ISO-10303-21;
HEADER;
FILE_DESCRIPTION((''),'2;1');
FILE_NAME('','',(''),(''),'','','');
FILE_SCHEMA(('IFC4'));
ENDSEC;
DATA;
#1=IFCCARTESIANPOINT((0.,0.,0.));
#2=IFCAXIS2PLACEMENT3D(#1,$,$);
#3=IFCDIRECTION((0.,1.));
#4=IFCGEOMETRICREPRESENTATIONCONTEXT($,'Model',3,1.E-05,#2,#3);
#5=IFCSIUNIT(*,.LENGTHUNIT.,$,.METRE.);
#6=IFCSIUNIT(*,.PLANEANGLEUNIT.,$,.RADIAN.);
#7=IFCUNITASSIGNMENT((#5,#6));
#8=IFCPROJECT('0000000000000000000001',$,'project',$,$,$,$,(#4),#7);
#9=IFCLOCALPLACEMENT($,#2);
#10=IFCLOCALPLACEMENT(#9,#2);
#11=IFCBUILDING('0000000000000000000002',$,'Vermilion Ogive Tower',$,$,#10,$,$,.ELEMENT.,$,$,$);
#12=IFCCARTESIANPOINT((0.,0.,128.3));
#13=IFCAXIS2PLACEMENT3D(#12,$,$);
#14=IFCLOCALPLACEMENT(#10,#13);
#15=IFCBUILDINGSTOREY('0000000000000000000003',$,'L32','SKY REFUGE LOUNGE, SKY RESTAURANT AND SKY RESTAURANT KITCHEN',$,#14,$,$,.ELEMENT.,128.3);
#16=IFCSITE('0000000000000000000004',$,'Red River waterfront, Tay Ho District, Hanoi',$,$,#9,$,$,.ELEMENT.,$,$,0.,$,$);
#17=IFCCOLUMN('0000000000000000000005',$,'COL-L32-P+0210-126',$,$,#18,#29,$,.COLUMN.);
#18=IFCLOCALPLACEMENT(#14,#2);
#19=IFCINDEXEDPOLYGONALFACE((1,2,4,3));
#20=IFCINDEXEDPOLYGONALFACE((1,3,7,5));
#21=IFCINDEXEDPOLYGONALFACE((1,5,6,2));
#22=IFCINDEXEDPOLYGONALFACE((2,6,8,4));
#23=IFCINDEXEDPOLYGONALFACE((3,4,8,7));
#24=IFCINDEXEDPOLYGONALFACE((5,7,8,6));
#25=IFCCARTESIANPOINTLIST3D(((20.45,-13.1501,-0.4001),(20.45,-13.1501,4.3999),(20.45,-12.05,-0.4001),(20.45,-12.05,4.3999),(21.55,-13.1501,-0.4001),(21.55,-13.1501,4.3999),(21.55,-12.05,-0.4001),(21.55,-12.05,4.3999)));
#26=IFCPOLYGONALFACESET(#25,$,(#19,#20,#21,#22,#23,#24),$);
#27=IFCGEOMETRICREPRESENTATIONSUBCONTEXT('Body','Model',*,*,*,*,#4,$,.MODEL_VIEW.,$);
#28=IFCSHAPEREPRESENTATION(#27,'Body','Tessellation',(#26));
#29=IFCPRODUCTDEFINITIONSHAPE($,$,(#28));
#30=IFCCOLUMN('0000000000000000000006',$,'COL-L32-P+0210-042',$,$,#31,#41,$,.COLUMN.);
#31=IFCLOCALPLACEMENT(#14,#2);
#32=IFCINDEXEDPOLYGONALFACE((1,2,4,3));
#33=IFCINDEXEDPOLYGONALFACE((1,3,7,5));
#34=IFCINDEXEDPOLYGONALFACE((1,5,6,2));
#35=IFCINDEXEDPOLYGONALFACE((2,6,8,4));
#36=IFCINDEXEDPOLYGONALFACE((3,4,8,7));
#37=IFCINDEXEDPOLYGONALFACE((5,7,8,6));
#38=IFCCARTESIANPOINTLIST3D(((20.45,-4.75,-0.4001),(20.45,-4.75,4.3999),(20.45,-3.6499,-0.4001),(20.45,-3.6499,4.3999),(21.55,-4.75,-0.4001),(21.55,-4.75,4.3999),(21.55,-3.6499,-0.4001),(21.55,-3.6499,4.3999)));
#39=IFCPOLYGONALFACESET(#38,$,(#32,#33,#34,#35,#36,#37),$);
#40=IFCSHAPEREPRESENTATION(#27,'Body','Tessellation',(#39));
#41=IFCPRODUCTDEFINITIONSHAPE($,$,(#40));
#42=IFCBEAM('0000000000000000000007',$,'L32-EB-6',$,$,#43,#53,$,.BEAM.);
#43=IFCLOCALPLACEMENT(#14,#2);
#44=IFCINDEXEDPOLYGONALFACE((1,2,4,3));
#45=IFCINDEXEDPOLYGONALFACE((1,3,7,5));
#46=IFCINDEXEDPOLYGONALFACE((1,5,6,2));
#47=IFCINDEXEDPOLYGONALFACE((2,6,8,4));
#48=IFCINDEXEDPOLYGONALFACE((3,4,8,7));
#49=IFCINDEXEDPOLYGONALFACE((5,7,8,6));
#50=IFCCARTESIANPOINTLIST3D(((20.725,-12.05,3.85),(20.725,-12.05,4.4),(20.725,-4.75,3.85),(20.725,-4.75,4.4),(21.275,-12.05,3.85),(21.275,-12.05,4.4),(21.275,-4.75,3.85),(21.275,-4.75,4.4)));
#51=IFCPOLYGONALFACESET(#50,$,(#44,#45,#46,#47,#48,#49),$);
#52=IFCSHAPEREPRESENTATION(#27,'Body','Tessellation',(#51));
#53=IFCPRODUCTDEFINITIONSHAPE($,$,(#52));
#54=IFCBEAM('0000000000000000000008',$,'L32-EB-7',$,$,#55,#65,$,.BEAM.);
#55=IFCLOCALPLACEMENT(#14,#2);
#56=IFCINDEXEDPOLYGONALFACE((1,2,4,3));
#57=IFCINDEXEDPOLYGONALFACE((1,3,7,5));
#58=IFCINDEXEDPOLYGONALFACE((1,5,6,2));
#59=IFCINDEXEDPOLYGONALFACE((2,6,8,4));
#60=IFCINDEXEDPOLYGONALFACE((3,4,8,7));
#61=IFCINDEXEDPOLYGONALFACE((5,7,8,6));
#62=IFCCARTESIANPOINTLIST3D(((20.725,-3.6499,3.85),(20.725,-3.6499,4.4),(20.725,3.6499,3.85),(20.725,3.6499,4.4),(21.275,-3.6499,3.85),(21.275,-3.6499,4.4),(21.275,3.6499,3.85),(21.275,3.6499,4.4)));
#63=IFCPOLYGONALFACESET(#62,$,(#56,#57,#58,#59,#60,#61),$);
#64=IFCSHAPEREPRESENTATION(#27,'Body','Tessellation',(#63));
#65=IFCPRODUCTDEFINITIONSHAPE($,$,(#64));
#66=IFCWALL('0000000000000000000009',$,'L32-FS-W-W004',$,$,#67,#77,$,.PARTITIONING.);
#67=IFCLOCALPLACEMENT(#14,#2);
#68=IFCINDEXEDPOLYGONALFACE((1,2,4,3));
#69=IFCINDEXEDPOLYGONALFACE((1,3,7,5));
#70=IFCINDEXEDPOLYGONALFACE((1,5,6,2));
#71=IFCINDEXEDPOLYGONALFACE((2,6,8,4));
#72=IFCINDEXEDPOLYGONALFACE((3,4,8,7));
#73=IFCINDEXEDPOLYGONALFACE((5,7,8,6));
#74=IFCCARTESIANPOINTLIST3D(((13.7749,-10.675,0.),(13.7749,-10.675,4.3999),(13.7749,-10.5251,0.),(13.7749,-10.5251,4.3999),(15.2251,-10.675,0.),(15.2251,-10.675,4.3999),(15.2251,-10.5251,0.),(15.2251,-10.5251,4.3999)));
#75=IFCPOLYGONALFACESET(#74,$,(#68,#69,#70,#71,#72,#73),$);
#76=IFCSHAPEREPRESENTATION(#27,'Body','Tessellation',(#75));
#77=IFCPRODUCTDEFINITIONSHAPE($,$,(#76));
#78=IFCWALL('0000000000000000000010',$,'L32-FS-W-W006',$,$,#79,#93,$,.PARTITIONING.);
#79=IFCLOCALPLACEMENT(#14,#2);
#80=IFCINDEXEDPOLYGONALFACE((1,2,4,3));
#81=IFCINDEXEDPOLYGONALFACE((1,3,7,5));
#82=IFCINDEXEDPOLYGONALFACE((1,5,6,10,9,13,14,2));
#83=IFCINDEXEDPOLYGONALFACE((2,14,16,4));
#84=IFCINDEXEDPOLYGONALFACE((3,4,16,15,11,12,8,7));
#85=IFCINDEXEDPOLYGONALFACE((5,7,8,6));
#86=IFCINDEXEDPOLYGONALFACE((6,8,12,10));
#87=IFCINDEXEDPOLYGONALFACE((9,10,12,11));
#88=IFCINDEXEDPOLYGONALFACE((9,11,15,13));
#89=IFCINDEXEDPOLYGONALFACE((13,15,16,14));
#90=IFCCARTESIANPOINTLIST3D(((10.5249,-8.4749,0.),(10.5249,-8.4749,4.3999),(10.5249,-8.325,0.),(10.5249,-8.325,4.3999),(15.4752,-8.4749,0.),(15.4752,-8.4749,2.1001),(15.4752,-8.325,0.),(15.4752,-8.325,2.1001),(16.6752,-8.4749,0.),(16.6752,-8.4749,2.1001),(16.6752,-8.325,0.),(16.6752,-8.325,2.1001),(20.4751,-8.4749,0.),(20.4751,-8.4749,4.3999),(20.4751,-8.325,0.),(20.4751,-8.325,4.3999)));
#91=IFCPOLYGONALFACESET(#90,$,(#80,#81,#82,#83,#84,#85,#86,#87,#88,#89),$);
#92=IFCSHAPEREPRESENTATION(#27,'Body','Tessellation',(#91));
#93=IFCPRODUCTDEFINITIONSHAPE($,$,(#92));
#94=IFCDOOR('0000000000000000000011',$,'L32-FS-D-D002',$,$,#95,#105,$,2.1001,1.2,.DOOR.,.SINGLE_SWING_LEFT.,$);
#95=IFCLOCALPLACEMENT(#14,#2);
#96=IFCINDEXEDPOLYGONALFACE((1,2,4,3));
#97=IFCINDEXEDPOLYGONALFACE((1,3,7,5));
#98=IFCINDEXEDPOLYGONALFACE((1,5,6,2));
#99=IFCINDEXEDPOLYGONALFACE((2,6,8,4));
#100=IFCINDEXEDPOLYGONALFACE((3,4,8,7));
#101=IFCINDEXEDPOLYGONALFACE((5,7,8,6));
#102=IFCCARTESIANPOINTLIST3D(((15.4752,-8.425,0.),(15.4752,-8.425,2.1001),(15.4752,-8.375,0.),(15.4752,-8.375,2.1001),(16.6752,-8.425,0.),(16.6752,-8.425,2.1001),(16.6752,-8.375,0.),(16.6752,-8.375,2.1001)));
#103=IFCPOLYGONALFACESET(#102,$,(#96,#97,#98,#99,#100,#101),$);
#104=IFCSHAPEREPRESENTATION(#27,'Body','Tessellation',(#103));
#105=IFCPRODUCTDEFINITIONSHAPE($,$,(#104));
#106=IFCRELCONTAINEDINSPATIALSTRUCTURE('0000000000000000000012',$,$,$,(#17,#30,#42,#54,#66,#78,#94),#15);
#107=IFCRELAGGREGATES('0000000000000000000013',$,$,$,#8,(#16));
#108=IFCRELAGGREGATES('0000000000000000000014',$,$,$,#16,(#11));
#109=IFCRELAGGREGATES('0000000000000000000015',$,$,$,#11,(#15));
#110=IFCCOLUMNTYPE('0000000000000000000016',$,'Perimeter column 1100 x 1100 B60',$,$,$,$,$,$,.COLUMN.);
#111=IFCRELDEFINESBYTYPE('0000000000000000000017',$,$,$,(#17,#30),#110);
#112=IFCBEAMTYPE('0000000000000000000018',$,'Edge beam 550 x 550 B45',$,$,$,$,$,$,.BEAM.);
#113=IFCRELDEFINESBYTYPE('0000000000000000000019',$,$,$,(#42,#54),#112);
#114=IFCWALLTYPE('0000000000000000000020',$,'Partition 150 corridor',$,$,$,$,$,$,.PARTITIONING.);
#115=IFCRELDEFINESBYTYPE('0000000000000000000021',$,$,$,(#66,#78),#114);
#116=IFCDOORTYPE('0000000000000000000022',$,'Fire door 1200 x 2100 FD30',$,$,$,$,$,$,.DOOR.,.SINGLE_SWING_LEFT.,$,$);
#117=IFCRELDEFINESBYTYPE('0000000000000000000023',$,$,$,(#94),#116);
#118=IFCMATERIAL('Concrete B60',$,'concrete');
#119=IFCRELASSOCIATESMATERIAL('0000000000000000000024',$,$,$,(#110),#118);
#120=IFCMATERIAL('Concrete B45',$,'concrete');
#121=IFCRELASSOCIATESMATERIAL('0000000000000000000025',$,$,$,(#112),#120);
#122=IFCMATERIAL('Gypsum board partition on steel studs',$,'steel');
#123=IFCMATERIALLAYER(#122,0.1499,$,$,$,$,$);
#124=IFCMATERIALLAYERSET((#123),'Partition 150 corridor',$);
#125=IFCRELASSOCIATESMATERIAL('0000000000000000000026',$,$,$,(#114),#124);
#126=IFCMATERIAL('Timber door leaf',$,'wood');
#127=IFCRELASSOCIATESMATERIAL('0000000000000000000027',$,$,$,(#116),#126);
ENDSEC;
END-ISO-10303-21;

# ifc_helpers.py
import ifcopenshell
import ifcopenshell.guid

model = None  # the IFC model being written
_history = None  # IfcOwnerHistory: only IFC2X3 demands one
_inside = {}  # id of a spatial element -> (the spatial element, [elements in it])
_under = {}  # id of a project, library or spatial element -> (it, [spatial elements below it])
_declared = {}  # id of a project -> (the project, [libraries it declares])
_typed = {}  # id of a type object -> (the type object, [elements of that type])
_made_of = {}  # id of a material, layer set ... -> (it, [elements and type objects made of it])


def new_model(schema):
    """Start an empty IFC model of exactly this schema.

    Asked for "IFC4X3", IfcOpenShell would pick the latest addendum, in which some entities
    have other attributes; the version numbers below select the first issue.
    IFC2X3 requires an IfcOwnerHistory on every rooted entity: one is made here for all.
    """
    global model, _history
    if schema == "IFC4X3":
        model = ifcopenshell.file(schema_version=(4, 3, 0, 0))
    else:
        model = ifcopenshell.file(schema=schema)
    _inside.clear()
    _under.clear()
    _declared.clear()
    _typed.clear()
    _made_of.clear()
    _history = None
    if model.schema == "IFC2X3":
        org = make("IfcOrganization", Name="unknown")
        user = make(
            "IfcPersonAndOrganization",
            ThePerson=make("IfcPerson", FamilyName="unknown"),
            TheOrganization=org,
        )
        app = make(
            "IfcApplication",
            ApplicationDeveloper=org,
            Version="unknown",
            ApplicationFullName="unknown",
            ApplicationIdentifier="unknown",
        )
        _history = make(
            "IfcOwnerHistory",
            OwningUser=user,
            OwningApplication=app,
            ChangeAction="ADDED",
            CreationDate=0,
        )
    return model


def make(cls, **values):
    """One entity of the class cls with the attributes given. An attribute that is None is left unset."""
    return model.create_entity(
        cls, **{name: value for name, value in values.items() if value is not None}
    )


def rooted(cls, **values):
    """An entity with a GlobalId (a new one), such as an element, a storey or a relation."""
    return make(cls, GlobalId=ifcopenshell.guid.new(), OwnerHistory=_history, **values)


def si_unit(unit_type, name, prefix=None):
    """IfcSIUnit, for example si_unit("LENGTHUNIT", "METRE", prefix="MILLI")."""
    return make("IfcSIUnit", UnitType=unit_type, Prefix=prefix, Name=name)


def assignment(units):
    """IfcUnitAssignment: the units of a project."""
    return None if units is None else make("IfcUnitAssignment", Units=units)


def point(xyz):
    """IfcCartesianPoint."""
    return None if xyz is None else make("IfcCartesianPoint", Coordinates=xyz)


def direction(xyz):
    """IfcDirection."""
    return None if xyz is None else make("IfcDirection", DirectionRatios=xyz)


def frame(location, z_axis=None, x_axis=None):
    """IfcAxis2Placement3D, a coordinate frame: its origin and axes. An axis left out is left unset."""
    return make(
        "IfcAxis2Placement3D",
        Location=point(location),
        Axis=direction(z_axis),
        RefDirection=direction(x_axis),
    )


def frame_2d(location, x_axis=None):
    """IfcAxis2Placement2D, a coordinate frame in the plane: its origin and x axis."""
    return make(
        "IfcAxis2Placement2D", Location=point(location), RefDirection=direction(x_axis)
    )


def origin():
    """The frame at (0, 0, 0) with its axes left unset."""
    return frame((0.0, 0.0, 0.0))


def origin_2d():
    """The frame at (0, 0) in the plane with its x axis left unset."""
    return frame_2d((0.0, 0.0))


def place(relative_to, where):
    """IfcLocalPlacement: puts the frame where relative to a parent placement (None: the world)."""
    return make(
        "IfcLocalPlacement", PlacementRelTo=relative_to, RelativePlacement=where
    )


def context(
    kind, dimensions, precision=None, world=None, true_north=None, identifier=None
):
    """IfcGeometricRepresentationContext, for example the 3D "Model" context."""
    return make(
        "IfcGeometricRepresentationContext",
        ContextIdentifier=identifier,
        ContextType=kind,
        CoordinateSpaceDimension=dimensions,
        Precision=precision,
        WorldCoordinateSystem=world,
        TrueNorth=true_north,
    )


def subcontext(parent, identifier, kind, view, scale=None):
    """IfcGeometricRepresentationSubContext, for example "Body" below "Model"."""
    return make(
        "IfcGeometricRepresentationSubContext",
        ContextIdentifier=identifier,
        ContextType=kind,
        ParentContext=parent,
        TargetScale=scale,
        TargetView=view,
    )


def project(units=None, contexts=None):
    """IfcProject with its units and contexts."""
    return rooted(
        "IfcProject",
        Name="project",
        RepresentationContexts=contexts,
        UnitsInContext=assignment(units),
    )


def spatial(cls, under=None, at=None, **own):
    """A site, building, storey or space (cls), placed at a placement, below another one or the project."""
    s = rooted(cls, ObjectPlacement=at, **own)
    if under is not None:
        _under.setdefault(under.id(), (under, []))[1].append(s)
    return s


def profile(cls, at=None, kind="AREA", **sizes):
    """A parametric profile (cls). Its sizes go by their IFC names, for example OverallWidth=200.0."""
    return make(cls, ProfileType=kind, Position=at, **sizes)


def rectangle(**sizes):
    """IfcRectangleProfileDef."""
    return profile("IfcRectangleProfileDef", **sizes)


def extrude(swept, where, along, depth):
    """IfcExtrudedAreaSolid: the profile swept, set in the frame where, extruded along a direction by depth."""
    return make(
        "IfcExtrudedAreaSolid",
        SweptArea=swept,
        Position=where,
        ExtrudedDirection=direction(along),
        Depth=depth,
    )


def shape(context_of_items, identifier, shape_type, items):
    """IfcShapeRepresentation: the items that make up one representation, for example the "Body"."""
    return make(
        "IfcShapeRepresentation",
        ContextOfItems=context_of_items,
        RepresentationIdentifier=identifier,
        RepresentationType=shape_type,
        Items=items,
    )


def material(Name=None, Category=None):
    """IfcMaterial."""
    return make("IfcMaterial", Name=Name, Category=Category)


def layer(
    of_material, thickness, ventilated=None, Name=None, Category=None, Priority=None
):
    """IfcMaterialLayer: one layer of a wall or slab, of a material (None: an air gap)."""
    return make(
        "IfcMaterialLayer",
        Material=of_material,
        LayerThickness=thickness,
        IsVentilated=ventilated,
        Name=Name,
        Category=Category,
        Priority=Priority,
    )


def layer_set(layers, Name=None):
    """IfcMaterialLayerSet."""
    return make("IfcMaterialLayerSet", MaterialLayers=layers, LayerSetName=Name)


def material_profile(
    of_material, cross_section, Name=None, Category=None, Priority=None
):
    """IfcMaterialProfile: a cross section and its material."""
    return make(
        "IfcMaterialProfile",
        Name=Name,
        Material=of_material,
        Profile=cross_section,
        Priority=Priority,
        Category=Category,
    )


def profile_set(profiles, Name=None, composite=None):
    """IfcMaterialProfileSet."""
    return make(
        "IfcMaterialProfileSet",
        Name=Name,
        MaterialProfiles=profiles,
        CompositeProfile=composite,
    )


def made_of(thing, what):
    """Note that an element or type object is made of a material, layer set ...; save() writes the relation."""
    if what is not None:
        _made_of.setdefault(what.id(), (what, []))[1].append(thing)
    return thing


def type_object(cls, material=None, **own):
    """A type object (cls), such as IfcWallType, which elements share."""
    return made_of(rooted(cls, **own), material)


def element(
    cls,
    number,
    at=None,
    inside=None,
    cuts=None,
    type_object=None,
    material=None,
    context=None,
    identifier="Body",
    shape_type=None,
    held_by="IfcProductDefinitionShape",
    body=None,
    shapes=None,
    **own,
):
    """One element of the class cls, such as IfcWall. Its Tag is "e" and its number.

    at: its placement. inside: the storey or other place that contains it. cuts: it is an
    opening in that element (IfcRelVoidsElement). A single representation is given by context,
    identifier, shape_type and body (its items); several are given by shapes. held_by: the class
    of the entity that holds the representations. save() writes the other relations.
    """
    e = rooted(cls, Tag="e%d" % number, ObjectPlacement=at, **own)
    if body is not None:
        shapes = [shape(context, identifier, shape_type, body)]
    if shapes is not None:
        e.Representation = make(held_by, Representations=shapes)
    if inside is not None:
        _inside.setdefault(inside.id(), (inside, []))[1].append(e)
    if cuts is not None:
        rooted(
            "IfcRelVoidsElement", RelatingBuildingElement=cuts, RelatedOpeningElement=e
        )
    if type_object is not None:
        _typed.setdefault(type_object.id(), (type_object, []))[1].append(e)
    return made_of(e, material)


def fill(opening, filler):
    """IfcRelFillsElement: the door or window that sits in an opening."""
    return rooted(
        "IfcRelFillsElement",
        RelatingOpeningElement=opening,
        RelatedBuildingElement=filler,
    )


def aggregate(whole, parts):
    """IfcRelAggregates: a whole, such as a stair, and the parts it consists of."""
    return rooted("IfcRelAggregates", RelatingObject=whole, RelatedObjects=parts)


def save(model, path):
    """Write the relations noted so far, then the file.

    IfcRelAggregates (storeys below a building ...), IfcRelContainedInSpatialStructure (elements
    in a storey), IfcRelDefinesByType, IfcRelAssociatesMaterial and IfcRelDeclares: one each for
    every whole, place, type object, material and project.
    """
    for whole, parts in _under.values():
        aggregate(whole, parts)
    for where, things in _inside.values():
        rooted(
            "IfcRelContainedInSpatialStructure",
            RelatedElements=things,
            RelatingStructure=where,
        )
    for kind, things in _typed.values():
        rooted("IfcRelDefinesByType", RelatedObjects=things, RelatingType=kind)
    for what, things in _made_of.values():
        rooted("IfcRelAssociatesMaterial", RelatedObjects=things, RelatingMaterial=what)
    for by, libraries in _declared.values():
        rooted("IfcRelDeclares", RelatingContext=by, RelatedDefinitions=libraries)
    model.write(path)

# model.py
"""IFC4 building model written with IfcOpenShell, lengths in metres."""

from ifc_helpers import new_model, si_unit, direction, frame, frame_2d, origin, origin_2d, place, context, subcontext, project, spatial, rectangle, extrude, material, layer, layer_set, material_profile, profile_set, type_object, element, fill, save


model = new_model("IFC4")

# Units and contexts
model_context = context("Model", 3, precision=1e-05, world=origin(), true_north=direction((0.0, 1.0)))
body_context = subcontext(model_context, "Body", "Model", "MODEL_VIEW")
ifc_project = project(units=[si_unit("LENGTHUNIT", "METRE"), si_unit("PLANEANGLEUNIT", "RADIAN")], contexts=[model_context])

# Site, building, storey
site_placement = place(None, origin())
site = spatial("IfcSite", under=ifc_project, at=site_placement, Name="Red River waterfront, Tay Ho District, Hanoi", CompositionType="ELEMENT", RefElevation=0.0)
building_placement = place(site_placement, origin())
building = spatial("IfcBuilding", under=site, at=building_placement, Name="Vermilion Ogive Tower", CompositionType="ELEMENT")
storey_placement = place(building_placement, frame((0.0, 0.0, 128.3)))
storey = spatial("IfcBuildingStorey", under=building, at=storey_placement, Name="L32", Description="SKY REFUGE LOUNGE, SKY RESTAURANT AND SKY RESTAURANT KITCHEN", CompositionType="ELEMENT", Elevation=128.3)

# Columns
ifc_material_1 = material(Name="Concrete B60", Category="concrete")
ifc_material_profile_1 = material_profile(ifc_material_1, rectangle(XDim=1.1001, YDim=1.1001, at=origin_2d()), Name="1100 x 1100")
ifc_profile_set_1 = profile_set([ifc_material_profile_1], Name="Concrete B60")
column_type = type_object("IfcColumnType", Name="Perimeter column 1100 x 1100 B60", PredefinedType="COLUMN", material=ifc_profile_set_1)
for number, where, z_axis, x_axis, name in (
    (1, (21.0, -12.6001, -0.4001), (0.0, 0.0, 1.0), (1.0, 0.0, 0.0), "COL-L32-P+0210-126"),
    (2, (21.0, -4.2, -0.4001), (0.0, 0.0, 1.0), (1.0, 0.0, 0.0), "COL-L32-P+0210-042"),
):
    element("IfcColumn", number, at=place(storey_placement, frame(where, z_axis=z_axis, x_axis=x_axis)), inside=storey, type_object=column_type, Name=name, PredefinedType="COLUMN", context=body_context, shape_type="SweptSolid", body=[
        extrude(rectangle(XDim=1.1001, YDim=1.1001, at=origin_2d()), origin(), (0.0, 0.0, 1.0), 4.8),
    ])

# Beams
ifc_material_2 = material(Name="Concrete B45", Category="concrete")
ifc_material_profile_2 = material_profile(ifc_material_2, rectangle(XDim=0.55, YDim=0.55, at=origin_2d()), Name="550 x 550")
ifc_profile_set_2 = profile_set([ifc_material_profile_2], Name="Concrete B45")
beam_type = type_object("IfcBeamType", Name="Edge beam 550 x 550 B45", PredefinedType="BEAM", material=ifc_profile_set_2)
beam_1_placement = place(storey_placement, frame((21.0, -12.05, 4.125), z_axis=(0.0, 1.0, 0.0), x_axis=(-1.0, 0.0, 0.0)))
element("IfcBeam", 3, at=beam_1_placement, inside=storey, type_object=beam_type, Name="L32-EB-6", PredefinedType="BEAM", context=body_context, shape_type="SweptSolid", body=[
    extrude(rectangle(XDim=0.55, YDim=0.55, at=origin_2d()), origin(), (0.0, 0.0, 1.0), 7.3),
])
beam_2_placement = place(storey_placement, frame((21.0, -3.6499, 4.125), z_axis=(0.0, 1.0, 0.0), x_axis=(-1.0, 0.0, 0.0)))
element("IfcBeam", 4, at=beam_2_placement, inside=storey, type_object=beam_type, Name="L32-EB-7", PredefinedType="BEAM", context=body_context, shape_type="SweptSolid", body=[
    extrude(rectangle(XDim=0.55, YDim=0.55, at=origin_2d()), origin(), (0.0, 0.0, 1.0), 7.2998),
])

# Wall
ifc_material_3 = material(Name="Gypsum board partition on steel studs", Category="steel")
ifc_layer_1 = layer(ifc_material_3, 0.1499)
ifc_layer_set_1 = layer_set([ifc_layer_1], Name="Partition 150 corridor")
wall_type_1 = type_object("IfcWallType", Name="Partition 150 corridor", PredefinedType="PARTITIONING", material=ifc_layer_set_1)
wall_1_placement = place(storey_placement, frame((13.7749, -10.6001, 0.0), z_axis=(0.0, 0.0, 1.0), x_axis=(1.0, 0.0, 0.0)))
element("IfcWall", 5, at=wall_1_placement, inside=storey, type_object=wall_type_1, Name="L32-FS-W-W004", PredefinedType="PARTITIONING", context=body_context, shape_type="SweptSolid", body=[
    extrude(rectangle(XDim=1.4502, YDim=0.1499, at=frame_2d((0.7251, 0.0))), origin(), (0.0, 0.0, 1.0), 4.3999),
])

# Wall, opening, door
wall_2_placement = place(storey_placement, frame((10.5249, -8.3999, 0.0), z_axis=(0.0, 0.0, 1.0), x_axis=(1.0, 0.0, 0.0)))
wall_2 = element("IfcWall", 6, at=wall_2_placement, inside=storey, type_object=wall_type_1, Name="L32-FS-W-W006", PredefinedType="PARTITIONING", context=body_context, shape_type="SweptSolid", body=[
    extrude(rectangle(XDim=9.9502, YDim=0.1499, at=frame_2d((4.9751, 0.0))), origin(), (0.0, 0.0, 1.0), 4.3999),
])
opening_1_placement = place(wall_2_placement, frame((4.9502, 0.0, 0.0)))
opening_1 = element("IfcOpeningElement", 7, at=opening_1_placement, cuts=wall_2, PredefinedType="OPENING", context=body_context, shape_type="SweptSolid", body=[
    extrude(rectangle(XDim=1.2, YDim=2.1001, at=frame_2d((0.6001, 1.05))), frame((0.0, 0.085, 0.0), z_axis=(0.0, -1.0, 0.0), x_axis=(1.0, 0.0, 0.0)), (0.0, 0.0, 1.0), 0.1699),
])
ifc_material_4 = material(Name="Timber door leaf", Category="wood")
door_type_1 = type_object("IfcDoorType", Name="Fire door 1200 x 2100 FD30", OperationType="SINGLE_SWING_LEFT", PredefinedType="DOOR", material=ifc_material_4)
door_1_placement = place(opening_1_placement, origin())
door_1 = element("IfcDoor", 8, at=door_1_placement, inside=storey, type_object=door_type_1, Name="L32-FS-D-D002", OperationType="SINGLE_SWING_LEFT", OverallHeight=2.1001, OverallWidth=1.2, PredefinedType="DOOR", context=body_context, shape_type="SweptSolid", body=[
    extrude(rectangle(XDim=1.2, YDim=2.1001, at=frame_2d((0.6001, 1.05))), frame((0.0, 0.0249, 0.0), z_axis=(0.0, -1.0, 0.0), x_axis=(1.0, 0.0, 0.0)), (0.0, 0.0, 1.0), 0.05),
])
fill(opening_1, door_1)

save(model, "model.ifc")
